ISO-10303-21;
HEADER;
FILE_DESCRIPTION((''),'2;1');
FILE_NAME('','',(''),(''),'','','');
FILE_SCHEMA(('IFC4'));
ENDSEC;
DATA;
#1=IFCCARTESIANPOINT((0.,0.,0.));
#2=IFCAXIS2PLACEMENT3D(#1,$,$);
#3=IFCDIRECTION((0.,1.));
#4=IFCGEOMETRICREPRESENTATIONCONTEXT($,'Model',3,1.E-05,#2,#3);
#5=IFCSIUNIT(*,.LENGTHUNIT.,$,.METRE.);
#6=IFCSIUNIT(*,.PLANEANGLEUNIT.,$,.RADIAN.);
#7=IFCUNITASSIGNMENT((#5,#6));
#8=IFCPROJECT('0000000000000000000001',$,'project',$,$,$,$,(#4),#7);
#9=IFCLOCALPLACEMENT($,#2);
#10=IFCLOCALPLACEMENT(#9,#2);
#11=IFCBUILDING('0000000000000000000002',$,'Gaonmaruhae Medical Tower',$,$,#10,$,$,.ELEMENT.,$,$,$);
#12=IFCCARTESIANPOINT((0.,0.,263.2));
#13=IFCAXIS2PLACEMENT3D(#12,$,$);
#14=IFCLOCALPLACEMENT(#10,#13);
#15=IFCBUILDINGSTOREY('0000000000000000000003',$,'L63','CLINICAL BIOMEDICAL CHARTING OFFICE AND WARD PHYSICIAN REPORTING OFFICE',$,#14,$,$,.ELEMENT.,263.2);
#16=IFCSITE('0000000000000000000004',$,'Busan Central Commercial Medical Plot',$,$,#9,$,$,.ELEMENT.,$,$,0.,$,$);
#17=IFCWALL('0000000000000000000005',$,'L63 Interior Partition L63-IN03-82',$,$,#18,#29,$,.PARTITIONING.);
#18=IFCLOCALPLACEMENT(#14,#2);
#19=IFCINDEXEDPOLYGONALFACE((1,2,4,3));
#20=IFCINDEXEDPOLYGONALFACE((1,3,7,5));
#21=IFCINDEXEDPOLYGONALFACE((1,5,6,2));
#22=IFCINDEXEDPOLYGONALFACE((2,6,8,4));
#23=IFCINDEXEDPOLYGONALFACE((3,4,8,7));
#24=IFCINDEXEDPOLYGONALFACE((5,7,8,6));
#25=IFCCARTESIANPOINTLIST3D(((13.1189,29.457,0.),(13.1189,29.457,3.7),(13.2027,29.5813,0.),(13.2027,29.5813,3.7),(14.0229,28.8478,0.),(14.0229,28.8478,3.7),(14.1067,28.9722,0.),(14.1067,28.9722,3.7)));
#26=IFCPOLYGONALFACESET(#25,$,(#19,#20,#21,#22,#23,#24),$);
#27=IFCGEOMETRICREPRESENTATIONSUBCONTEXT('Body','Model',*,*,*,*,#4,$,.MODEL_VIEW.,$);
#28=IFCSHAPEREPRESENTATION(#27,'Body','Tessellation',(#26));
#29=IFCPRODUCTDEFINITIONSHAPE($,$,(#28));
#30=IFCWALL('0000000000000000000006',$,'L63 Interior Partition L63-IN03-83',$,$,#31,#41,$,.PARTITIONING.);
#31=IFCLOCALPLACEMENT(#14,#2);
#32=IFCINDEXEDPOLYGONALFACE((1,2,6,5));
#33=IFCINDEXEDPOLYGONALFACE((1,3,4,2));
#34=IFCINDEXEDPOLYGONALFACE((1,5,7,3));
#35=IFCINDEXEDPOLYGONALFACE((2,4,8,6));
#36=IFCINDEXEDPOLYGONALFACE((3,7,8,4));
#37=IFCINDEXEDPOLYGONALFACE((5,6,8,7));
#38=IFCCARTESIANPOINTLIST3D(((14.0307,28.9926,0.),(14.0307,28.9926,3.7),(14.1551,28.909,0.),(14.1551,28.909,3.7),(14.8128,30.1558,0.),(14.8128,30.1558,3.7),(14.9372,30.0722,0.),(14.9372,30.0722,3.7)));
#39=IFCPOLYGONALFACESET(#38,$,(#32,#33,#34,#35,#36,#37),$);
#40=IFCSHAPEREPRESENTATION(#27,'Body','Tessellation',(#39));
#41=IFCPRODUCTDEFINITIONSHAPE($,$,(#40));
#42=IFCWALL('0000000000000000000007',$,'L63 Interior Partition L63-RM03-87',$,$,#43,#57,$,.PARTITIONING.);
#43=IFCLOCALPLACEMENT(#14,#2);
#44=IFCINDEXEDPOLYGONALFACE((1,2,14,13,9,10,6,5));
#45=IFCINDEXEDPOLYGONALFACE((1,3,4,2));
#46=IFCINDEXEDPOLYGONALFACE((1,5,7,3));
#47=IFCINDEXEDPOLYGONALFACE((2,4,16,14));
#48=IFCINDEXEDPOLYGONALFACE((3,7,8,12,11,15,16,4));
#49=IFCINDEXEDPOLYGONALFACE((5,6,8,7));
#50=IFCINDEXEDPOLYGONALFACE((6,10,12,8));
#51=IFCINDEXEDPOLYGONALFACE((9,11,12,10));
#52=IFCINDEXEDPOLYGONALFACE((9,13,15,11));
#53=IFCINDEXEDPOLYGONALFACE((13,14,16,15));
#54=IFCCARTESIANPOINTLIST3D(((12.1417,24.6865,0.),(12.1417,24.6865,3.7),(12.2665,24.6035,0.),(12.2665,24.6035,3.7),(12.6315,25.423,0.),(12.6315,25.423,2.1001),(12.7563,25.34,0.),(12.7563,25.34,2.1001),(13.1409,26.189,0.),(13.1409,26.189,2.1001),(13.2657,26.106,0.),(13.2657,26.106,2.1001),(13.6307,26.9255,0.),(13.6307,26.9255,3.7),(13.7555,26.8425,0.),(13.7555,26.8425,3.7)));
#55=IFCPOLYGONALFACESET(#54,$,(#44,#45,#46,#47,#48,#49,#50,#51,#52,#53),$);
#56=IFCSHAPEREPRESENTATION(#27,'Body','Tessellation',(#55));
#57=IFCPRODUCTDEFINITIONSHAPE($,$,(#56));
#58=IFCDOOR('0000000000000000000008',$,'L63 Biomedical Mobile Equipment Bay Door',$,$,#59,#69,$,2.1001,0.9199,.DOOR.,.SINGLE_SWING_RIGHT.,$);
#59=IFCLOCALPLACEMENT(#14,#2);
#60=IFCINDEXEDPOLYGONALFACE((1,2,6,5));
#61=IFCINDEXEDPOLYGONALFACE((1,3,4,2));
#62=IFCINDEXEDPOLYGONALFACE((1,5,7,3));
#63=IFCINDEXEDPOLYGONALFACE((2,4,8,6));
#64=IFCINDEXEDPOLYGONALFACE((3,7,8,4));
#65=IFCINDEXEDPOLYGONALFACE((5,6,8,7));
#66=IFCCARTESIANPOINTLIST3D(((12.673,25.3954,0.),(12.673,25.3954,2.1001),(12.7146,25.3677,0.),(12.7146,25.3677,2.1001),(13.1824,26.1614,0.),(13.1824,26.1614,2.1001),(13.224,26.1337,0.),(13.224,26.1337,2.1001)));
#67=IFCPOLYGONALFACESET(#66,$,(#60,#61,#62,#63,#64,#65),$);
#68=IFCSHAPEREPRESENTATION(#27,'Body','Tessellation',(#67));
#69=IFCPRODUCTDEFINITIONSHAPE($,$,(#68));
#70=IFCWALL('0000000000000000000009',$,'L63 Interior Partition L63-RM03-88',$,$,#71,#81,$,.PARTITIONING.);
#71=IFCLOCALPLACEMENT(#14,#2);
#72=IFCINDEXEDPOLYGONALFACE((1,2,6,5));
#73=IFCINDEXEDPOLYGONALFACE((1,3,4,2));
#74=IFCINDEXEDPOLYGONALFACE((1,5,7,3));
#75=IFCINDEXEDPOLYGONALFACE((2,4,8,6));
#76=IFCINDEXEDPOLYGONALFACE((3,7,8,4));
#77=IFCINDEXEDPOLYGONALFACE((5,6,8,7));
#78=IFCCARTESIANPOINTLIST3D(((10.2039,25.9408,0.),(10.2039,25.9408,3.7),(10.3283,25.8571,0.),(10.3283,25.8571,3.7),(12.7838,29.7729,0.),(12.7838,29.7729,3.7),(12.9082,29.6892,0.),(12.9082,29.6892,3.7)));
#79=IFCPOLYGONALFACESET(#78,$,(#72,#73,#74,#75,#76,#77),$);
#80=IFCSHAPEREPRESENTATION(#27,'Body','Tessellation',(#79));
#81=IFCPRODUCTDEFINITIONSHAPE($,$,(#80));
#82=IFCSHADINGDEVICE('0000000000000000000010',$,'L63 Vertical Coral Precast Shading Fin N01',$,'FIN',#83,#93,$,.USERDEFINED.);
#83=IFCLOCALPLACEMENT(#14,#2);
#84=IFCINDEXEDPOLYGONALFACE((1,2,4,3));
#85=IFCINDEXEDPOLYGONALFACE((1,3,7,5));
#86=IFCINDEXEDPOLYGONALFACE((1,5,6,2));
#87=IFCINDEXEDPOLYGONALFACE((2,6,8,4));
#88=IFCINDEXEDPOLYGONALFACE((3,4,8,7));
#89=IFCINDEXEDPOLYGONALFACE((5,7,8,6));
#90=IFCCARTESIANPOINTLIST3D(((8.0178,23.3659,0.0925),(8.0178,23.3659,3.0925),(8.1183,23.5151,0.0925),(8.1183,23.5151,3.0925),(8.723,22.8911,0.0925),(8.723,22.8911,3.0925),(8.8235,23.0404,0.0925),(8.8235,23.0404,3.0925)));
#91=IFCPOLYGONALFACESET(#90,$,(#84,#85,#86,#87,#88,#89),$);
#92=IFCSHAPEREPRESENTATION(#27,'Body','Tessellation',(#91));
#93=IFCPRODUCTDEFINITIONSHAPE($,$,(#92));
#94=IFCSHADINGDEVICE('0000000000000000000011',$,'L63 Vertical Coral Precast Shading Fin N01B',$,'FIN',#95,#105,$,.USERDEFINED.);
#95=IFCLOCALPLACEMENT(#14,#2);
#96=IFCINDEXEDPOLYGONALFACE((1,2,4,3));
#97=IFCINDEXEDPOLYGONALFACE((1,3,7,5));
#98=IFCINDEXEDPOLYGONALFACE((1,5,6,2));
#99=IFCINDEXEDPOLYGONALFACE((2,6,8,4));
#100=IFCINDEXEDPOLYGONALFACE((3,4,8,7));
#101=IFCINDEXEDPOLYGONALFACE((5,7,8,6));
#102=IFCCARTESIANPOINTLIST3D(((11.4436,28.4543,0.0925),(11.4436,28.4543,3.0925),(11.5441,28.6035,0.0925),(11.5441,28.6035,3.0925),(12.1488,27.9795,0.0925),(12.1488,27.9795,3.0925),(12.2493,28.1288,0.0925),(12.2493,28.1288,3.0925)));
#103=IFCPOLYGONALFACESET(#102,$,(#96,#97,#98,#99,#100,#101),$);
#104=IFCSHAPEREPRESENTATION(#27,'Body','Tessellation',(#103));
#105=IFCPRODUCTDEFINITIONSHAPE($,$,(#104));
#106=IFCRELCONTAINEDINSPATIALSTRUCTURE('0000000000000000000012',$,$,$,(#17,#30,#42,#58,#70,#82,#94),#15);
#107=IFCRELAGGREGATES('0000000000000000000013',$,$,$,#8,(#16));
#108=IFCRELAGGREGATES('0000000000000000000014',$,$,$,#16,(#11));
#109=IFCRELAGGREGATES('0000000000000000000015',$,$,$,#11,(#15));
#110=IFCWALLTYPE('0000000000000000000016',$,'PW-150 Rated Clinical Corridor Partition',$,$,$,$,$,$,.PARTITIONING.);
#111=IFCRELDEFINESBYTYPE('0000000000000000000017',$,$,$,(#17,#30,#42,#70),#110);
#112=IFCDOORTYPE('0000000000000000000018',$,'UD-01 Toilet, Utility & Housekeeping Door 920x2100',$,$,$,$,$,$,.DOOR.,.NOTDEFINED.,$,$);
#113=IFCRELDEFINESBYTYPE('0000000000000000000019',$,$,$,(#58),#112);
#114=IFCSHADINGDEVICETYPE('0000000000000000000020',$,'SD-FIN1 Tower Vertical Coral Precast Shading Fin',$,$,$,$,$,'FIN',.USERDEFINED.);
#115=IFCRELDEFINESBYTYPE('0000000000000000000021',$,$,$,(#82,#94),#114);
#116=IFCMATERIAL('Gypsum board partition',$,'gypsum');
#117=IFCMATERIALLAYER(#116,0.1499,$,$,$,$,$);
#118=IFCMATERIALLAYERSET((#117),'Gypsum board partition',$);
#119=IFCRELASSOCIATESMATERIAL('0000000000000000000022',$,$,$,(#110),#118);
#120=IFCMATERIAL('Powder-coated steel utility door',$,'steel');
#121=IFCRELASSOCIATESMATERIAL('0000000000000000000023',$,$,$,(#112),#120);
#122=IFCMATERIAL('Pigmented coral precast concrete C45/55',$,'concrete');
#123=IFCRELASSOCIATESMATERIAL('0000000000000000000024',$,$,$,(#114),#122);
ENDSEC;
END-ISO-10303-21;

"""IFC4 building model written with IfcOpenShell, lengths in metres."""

from ifc_helpers import new_model, si_unit, direction, frame, frame_2d, origin, origin_2d, place, context, subcontext, project, spatial, rectangle, extrude, material, layer, layer_set, type_object, element, fill, save


model = new_model("IFC4")

# Units and contexts
model_context = context("Model", 3, precision=1e-05, world=origin(), true_north=direction((0.0, 1.0)))
body_context = subcontext(model_context, "Body", "Model", "MODEL_VIEW")
ifc_project = project(units=[si_unit("LENGTHUNIT", "METRE"), si_unit("PLANEANGLEUNIT", "RADIAN")], contexts=[model_context])

# Site, building, storey
site_placement = place(None, origin())
site = spatial("IfcSite", under=ifc_project, at=site_placement, Name="Busan Central Commercial Medical Plot", CompositionType="ELEMENT", RefElevation=0.0)
building_placement = place(site_placement, origin())
building = spatial("IfcBuilding", under=site, at=building_placement, Name="Gaonmaruhae Medical Tower", CompositionType="ELEMENT")
storey_placement = place(building_placement, frame((0.0, 0.0, 263.2)))
storey = spatial("IfcBuildingStorey", under=building, at=storey_placement, Name="L63", Description="CLINICAL BIOMEDICAL CHARTING OFFICE AND WARD PHYSICIAN REPORTING OFFICE", CompositionType="ELEMENT", Elevation=263.2)

# Shared definitions
ifc_material_1 = material(Name="Gypsum board partition", Category="gypsum")
ifc_layer_1 = layer(ifc_material_1, 0.1499)
ifc_layer_set_1 = layer_set([ifc_layer_1], Name="Gypsum board partition")
wall_type_1 = type_object("IfcWallType", Name="PW-150 Rated Clinical Corridor Partition", PredefinedType="PARTITIONING", material=ifc_layer_set_1)

# Shared definitions
ifc_material_2 = material(Name="Powder-coated steel utility door", Category="steel")
door_type_1 = type_object("IfcDoorType", Name="UD-01 Toilet, Utility & Housekeeping Door 920x2100", OperationType="NOTDEFINED", PredefinedType="DOOR", material=ifc_material_2)

# Walls
wall_1_placement = place(storey_placement, frame((13.1609, 29.519, 0.0), z_axis=(0.0, 0.0, 1.0), x_axis=(0.829318, -0.558776, 0.0)))
element("IfcWall", 1, at=wall_1_placement, inside=storey, type_object=wall_type_1, Name="L63 Interior Partition L63-IN03-82", PredefinedType="PARTITIONING", context=body_context, shape_type="SweptSolid", body=[
    extrude(rectangle(XDim=1.0901, YDim=0.1499, at=frame_2d((0.5449, 0.0))), origin(), (0.0, 0.0, 1.0), 3.7),
])
wall_2_placement = place(storey_placement, frame((14.093, 28.9509, 0.0), z_axis=(0.0, 0.0, 1.0), x_axis=(0.557952, 0.829873, 0.0)))
element("IfcWall", 2, at=wall_2_placement, inside=storey, type_object=wall_type_1, Name="L63 Interior Partition L63-IN03-83", PredefinedType="PARTITIONING", context=body_context, shape_type="SweptSolid", body=[
    extrude(rectangle(XDim=1.4016, YDim=0.1499, at=frame_2d((0.7007, 0.0))), origin(), (0.0, 0.0, 1.0), 3.7),
])

# Wall, opening, door
wall_3_placement = place(storey_placement, frame((13.6931, 26.884, 0.0), z_axis=(0.0, 0.0, 1.0), x_axis=(-0.553757, -0.832678, 0.0)))
wall_3 = element("IfcWall", 3, at=wall_3_placement, inside=storey, type_object=wall_type_1, Name="L63 Interior Partition L63-RM03-87", PredefinedType="PARTITIONING", context=body_context, shape_type="SweptSolid", body=[
    extrude(rectangle(XDim=2.689, YDim=0.1499, at=frame_2d((1.3445, 0.0))), origin(), (0.0, 0.0, 1.0), 3.7),
])
opening_1_placement = place(wall_3_placement, frame((0.8845, 0.0, 0.0)))
opening_1 = element("IfcOpeningElement", 4, at=opening_1_placement, cuts=wall_3, PredefinedType="OPENING", context=body_context, shape_type="SweptSolid", body=[
    extrude(rectangle(XDim=0.9199, YDim=2.1001, at=frame_2d((0.46, 1.05))), frame((0.0, 0.085, 0.0), z_axis=(0.0, -1.0, 0.0), x_axis=(1.0, 0.0, 0.0)), (0.0, 0.0, 1.0), 0.1699),
])
door_1_placement = place(opening_1_placement, origin())
door_1 = element("IfcDoor", 5, at=door_1_placement, inside=storey, type_object=door_type_1, Name="L63 Biomedical Mobile Equipment Bay Door", OperationType="SINGLE_SWING_RIGHT", OverallHeight=2.1001, OverallWidth=0.9199, PredefinedType="DOOR", context=body_context, shape_type="SweptSolid", body=[
    extrude(rectangle(XDim=0.9199, YDim=2.1001, at=frame_2d((0.46, 1.05))), frame((0.0, 0.0249, 0.0), z_axis=(0.0, -1.0, 0.0), x_axis=(1.0, 0.0, 0.0)), (0.0, 0.0, 1.0), 0.05),
])
fill(opening_1, door_1)

# Wall
wall_4_placement = place(storey_placement, frame((10.2661, 25.8989, 0.0), z_axis=(0.0, 0.0, 1.0), x_axis=(0.558463, 0.829529, 0.0)))
element("IfcWall", 6, at=wall_4_placement, inside=storey, type_object=wall_type_1, Name="L63 Interior Partition L63-RM03-88", PredefinedType="PARTITIONING", context=body_context, shape_type="SweptSolid", body=[
    extrude(rectangle(XDim=4.6196, YDim=0.1499, at=frame_2d((2.3098, 0.0))), origin(), (0.0, 0.0, 1.0), 3.7),
])

# Shading devices
ifc_material_3 = material(Name="Pigmented coral precast concrete C45/55", Category="concrete")
shading_device_type = type_object("IfcShadingDeviceType", Name="SD-FIN1 Tower Vertical Coral Precast Shading Fin", ElementType="FIN", PredefinedType="USERDEFINED", material=ifc_material_3)
for number, where, z_axis, x_axis, name in (
    (7, (8.4207, 23.2031, 0.0925), (0.0, 0.0, 1.0), (0.558469, 0.829525, 0.0), "L63 Vertical Coral Precast Shading Fin N01"),
    (8, (11.8464, 28.2915, 0.0925), (0.0, 0.0, 1.0), (0.558469, 0.829525, 0.0), "L63 Vertical Coral Precast Shading Fin N01B"),
):
    element("IfcShadingDevice", number, at=place(storey_placement, frame(where, z_axis=z_axis, x_axis=x_axis)), inside=storey, type_object=shading_device_type, Name=name, ObjectType="FIN", PredefinedType="USERDEFINED", context=body_context, shape_type="SweptSolid", body=[
        extrude(rectangle(XDim=0.1799, YDim=0.8501, at=origin_2d()), origin(), (0.0, 0.0, 1.0), 3.0),
    ])

save(model, "model.ifc")
